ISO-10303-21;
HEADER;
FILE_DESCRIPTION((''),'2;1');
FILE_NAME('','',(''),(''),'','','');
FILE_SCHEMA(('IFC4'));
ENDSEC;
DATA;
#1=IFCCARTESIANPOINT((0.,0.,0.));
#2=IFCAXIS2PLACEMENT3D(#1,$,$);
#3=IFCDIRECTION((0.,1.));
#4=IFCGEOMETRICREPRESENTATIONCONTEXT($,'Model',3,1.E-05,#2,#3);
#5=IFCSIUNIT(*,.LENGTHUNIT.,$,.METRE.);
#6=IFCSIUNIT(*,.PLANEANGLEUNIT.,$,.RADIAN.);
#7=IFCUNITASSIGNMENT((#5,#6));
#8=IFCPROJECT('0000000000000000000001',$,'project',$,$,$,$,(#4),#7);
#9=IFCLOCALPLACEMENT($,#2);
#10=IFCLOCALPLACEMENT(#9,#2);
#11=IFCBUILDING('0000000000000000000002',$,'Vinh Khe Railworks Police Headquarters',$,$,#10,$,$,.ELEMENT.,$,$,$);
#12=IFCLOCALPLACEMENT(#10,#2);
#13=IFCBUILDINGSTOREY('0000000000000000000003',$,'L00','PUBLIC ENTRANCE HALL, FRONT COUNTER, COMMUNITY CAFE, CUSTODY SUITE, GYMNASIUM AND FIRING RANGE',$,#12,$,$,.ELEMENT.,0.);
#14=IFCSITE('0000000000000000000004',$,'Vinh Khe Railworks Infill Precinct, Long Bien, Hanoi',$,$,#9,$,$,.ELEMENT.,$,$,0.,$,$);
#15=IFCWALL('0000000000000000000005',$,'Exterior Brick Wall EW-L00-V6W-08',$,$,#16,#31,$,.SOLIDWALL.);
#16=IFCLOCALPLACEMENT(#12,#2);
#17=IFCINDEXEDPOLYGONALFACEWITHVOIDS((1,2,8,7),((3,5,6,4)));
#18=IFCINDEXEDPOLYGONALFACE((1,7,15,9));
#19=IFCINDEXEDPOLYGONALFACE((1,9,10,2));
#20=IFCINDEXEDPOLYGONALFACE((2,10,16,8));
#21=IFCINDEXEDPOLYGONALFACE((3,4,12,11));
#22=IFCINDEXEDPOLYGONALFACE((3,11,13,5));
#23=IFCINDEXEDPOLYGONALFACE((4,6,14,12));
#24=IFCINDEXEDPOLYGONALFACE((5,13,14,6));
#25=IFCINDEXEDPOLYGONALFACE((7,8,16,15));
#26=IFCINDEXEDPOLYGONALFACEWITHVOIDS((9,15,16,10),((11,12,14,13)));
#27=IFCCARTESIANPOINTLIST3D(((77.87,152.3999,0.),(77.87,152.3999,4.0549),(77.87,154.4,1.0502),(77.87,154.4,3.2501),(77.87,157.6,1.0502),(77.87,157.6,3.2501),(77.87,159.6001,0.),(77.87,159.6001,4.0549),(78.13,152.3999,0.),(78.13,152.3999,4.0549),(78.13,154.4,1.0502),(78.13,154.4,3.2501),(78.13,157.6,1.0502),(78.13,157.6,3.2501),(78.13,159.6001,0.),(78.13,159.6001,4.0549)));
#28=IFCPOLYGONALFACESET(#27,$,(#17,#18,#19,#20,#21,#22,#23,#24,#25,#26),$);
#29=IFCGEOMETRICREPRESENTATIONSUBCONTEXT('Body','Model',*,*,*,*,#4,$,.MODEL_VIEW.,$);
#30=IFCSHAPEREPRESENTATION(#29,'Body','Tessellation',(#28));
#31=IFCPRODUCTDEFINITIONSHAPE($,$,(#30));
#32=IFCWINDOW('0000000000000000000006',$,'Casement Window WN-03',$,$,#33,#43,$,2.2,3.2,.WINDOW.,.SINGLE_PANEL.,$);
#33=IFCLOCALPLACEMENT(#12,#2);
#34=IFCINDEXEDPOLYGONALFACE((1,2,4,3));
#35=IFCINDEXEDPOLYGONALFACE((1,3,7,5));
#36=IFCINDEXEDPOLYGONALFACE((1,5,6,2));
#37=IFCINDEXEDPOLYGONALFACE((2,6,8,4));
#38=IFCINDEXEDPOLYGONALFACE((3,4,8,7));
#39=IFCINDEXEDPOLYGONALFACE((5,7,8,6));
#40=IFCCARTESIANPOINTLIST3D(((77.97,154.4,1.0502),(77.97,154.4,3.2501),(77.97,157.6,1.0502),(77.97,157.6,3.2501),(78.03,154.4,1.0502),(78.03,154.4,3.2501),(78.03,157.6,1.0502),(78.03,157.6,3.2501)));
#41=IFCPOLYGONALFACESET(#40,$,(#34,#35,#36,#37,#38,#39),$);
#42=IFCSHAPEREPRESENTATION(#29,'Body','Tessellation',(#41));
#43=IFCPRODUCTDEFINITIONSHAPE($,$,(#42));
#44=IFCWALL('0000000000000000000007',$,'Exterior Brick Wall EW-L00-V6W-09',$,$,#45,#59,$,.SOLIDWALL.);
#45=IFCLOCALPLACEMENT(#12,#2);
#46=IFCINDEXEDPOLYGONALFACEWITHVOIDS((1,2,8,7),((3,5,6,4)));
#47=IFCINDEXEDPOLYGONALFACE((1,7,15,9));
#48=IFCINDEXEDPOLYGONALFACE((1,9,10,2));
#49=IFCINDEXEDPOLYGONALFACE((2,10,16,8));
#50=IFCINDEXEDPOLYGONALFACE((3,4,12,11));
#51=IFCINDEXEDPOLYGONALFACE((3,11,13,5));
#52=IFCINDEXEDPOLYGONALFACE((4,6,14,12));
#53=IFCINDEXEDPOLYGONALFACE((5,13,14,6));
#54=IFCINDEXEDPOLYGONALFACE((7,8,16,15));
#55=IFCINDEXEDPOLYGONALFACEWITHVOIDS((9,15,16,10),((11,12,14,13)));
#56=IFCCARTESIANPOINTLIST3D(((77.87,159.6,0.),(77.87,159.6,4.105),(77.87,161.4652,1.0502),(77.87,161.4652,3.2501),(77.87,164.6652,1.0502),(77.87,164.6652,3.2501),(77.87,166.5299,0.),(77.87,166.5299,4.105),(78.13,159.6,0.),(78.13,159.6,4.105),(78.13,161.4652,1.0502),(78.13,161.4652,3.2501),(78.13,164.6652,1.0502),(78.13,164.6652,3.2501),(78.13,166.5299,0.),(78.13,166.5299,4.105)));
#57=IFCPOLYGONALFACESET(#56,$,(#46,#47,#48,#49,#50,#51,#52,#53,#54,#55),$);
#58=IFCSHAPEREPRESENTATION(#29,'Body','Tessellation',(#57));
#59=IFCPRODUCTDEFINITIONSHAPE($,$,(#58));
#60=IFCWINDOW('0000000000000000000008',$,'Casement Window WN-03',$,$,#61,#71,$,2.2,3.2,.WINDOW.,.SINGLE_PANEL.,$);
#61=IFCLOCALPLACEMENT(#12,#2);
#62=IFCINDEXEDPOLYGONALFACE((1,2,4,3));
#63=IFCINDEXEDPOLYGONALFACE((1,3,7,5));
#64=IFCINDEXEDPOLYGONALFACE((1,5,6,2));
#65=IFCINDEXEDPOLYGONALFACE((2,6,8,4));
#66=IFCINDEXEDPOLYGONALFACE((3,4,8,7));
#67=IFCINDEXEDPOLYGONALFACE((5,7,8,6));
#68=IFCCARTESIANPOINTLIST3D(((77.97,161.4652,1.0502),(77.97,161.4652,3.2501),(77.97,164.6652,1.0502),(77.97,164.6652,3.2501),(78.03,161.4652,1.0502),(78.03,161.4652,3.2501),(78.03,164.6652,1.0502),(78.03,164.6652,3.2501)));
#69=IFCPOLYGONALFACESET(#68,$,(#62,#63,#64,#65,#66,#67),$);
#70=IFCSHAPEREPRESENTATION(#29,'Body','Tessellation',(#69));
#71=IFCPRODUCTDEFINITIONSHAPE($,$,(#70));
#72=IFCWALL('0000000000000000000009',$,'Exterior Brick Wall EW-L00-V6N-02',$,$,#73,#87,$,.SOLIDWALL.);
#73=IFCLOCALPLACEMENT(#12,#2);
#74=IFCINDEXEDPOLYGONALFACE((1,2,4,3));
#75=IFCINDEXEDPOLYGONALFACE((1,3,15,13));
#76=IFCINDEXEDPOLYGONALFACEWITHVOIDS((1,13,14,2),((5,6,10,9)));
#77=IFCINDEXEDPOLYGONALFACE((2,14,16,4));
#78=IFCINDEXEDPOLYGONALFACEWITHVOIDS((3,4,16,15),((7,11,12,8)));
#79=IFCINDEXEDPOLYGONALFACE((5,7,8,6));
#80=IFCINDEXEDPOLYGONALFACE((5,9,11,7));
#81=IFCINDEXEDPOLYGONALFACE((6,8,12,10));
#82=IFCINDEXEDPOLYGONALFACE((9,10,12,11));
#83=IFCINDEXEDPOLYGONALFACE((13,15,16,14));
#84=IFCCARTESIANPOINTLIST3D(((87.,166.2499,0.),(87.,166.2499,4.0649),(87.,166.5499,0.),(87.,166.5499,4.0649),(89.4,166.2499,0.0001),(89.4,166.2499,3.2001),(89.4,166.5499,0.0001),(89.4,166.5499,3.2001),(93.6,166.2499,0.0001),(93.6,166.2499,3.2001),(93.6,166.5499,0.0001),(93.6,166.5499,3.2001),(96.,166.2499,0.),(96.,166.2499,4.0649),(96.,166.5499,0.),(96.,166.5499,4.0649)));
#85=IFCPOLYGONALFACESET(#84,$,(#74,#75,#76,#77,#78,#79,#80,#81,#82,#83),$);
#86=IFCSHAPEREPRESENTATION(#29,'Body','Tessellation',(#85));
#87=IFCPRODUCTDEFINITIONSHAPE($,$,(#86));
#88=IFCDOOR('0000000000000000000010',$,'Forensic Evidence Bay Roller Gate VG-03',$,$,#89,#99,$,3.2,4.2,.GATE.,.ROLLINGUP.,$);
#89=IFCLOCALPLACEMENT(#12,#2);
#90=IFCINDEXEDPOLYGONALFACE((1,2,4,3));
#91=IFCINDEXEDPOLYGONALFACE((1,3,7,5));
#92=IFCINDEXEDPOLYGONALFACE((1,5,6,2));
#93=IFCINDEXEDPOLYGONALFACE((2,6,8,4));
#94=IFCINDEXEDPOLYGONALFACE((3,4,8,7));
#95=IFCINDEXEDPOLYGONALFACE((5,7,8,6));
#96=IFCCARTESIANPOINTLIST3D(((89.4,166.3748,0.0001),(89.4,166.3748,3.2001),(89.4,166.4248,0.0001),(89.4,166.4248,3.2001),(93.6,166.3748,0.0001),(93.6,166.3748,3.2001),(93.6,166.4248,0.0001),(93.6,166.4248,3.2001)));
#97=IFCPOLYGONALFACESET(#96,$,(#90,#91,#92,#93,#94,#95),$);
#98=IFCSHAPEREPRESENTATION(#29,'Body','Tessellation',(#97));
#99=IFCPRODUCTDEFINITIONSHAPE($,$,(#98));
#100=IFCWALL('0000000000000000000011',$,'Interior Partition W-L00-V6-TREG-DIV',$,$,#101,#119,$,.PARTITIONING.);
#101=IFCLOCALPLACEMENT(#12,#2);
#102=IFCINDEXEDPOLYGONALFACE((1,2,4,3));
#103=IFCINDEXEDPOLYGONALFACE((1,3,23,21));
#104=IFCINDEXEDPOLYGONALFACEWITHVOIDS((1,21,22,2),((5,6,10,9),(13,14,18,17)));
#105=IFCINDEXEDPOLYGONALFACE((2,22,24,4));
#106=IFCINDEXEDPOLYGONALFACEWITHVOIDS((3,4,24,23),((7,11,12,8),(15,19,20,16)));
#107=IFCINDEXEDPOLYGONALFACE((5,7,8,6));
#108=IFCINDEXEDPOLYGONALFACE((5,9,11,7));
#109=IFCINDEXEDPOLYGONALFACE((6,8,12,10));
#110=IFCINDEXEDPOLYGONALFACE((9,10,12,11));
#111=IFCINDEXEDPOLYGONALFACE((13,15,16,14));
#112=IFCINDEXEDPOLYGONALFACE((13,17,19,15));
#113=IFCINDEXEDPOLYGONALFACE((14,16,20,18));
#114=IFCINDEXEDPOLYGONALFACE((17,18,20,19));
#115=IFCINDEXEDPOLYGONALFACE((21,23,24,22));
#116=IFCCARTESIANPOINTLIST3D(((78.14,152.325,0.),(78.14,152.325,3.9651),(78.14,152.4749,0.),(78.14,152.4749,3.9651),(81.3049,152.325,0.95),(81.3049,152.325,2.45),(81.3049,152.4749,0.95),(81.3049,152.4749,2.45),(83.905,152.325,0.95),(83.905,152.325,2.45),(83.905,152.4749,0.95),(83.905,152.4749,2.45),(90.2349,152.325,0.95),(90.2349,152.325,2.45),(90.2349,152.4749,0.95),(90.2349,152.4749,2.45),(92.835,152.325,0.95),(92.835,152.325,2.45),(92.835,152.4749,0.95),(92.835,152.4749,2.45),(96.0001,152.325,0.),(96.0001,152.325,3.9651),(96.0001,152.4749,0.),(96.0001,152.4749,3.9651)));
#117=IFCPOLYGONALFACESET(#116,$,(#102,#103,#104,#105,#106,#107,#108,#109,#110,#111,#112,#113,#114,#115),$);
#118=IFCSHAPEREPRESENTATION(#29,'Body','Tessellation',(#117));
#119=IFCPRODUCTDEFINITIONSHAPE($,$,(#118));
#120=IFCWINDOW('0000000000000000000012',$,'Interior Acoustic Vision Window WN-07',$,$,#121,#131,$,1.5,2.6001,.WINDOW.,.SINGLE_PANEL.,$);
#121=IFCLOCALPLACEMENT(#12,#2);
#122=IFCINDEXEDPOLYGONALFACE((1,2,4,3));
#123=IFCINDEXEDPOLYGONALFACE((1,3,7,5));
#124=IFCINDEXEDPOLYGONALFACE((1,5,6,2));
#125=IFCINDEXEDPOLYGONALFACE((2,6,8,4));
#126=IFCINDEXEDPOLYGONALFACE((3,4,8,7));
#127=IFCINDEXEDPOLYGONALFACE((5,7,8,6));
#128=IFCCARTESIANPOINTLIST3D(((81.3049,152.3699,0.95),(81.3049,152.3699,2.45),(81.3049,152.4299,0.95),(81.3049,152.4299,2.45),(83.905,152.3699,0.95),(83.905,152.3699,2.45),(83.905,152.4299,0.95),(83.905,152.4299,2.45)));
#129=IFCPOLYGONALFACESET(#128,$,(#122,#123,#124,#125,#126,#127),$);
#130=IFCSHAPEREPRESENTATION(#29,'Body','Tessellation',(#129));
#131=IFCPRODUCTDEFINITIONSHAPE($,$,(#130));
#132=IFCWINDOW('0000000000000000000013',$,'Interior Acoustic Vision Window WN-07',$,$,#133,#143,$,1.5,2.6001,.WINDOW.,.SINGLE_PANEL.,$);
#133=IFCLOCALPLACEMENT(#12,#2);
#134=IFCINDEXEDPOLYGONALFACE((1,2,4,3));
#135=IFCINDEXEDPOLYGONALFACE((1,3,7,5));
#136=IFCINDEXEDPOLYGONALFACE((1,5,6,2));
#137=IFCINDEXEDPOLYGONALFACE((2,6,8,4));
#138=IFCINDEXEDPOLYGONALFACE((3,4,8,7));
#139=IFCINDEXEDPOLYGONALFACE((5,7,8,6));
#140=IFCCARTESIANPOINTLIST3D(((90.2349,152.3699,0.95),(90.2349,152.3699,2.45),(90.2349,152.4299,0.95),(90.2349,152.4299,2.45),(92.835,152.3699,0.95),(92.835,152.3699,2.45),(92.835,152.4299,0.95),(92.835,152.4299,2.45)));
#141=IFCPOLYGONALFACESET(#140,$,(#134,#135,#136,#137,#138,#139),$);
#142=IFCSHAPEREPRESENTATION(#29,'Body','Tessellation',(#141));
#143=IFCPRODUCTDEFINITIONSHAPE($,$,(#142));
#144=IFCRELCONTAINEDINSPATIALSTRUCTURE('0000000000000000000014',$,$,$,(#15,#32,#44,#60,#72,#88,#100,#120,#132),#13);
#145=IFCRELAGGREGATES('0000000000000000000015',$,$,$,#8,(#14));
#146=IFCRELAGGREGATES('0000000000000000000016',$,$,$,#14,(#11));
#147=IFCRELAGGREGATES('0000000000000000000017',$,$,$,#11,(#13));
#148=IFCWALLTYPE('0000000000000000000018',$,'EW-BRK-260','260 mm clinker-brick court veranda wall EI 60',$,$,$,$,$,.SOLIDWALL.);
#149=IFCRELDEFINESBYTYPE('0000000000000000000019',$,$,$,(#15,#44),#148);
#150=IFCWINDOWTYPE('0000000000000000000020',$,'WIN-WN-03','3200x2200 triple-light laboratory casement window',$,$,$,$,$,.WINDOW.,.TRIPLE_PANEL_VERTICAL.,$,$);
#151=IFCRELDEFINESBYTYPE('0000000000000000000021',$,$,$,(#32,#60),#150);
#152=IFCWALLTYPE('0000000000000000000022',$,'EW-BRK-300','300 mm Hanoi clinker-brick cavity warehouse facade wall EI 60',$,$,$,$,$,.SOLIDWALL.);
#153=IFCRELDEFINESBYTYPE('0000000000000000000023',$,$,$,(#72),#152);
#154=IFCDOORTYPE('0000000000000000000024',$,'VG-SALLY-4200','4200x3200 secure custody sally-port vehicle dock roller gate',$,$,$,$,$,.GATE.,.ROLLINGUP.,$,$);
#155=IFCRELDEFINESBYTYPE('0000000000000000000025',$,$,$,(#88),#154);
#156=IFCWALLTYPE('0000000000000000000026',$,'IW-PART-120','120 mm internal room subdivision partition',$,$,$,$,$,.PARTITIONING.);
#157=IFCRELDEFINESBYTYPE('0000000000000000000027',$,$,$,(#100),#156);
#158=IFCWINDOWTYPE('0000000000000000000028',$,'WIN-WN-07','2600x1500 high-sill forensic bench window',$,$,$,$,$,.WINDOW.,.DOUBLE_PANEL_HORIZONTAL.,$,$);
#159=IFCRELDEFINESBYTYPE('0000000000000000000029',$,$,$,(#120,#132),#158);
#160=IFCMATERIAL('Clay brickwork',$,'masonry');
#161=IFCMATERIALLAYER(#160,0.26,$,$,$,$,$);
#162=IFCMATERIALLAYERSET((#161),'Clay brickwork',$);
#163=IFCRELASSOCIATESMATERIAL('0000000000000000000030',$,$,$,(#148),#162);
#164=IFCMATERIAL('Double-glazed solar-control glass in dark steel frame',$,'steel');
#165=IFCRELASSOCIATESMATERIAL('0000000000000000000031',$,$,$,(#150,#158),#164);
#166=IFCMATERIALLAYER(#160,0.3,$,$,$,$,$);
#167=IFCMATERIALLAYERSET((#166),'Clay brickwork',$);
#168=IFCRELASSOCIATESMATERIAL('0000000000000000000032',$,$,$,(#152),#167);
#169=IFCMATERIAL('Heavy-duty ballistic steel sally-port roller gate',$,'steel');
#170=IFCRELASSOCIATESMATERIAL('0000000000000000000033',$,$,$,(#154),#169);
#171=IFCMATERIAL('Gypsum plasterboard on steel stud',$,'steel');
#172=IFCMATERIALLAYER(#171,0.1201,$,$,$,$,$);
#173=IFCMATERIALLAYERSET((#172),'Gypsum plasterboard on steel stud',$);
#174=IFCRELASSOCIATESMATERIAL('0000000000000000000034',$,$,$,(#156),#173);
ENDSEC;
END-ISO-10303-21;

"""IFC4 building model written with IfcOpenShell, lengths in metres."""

from ifc_helpers import new_model, si_unit, direction, frame, frame_2d, origin, place, context, subcontext, project, spatial, rectangle, extrude, material, layer, layer_set, type_object, element, fill, save


model = new_model("IFC4")

# Units and contexts
model_context = context("Model", 3, precision=1e-05, world=origin(), true_north=direction((0.0, 1.0)))
body_context = subcontext(model_context, "Body", "Model", "MODEL_VIEW")
ifc_project = project(units=[si_unit("LENGTHUNIT", "METRE"), si_unit("PLANEANGLEUNIT", "RADIAN")], contexts=[model_context])

# Site, building, storey
site_placement = place(None, origin())
site = spatial("IfcSite", under=ifc_project, at=site_placement, Name="Vinh Khe Railworks Infill Precinct, Long Bien, Hanoi", CompositionType="ELEMENT", RefElevation=0.0)
building_placement = place(site_placement, origin())
building = spatial("IfcBuilding", under=site, at=building_placement, Name="Vinh Khe Railworks Police Headquarters", CompositionType="ELEMENT")
storey_placement = place(building_placement, origin())
storey = spatial("IfcBuildingStorey", under=building, at=storey_placement, Name="L00", Description="PUBLIC ENTRANCE HALL, FRONT COUNTER, COMMUNITY CAFE, CUSTODY SUITE, GYMNASIUM AND FIRING RANGE", CompositionType="ELEMENT", Elevation=0.0)

# Walls, openings, windows
ifc_material_1 = material(Name="Clay brickwork", Category="masonry")
ifc_layer_1 = layer(ifc_material_1, 0.26)
ifc_layer_set_1 = layer_set([ifc_layer_1], Name="Clay brickwork")
wall_type_1 = type_object("IfcWallType", Name="EW-BRK-260", Description="260 mm clinker-brick court veranda wall EI 60", PredefinedType="SOLIDWALL", material=ifc_layer_set_1)
wall_1_placement = place(storey_placement, frame((78.0, 152.3999, 0.0), z_axis=(0.0, 0.0, 1.0), x_axis=(0.0, 1.0, 0.0)))
wall_1 = element("IfcWall", 1, at=wall_1_placement, inside=storey, type_object=wall_type_1, Name="Exterior Brick Wall EW-L00-V6W-08", PredefinedType="SOLIDWALL", context=body_context, shape_type="SweptSolid", body=[
    extrude(rectangle(XDim=7.2002, YDim=0.26, at=frame_2d((3.6001, 0.0))), origin(), (0.0, 0.0, 1.0), 4.0549),
])
opening_1_placement = place(wall_1_placement, frame((2.0, 0.0, 1.05)))
opening_1 = element("IfcOpeningElement", 2, at=opening_1_placement, cuts=wall_1, PredefinedType="OPENING", context=body_context, shape_type="SweptSolid", body=[
    extrude(rectangle(XDim=3.2, YDim=2.2, at=frame_2d((1.6001, 1.1001))), frame((0.0, 0.145, 0.0), z_axis=(0.0, -1.0, 0.0), x_axis=(1.0, 0.0, 0.0)), (0.0, 0.0, 1.0), 0.2898),
])
ifc_material_2 = material(Name="Double-glazed solar-control glass in dark steel frame", Category="steel")
window_type_1 = type_object("IfcWindowType", Name="WIN-WN-03", Description="3200x2200 triple-light laboratory casement window", PartitioningType="TRIPLE_PANEL_VERTICAL", PredefinedType="WINDOW", material=ifc_material_2)
window_1_placement = place(opening_1_placement, origin())
window_1 = element("IfcWindow", 3, at=window_1_placement, inside=storey, type_object=window_type_1, Name="Casement Window WN-03", OverallHeight=2.2, OverallWidth=3.2, PartitioningType="SINGLE_PANEL", PredefinedType="WINDOW", context=body_context, shape_type="SweptSolid", body=[
    extrude(rectangle(XDim=3.2, YDim=2.2, at=frame_2d((1.6001, 1.1001))), frame((0.0, 0.03, 0.0), z_axis=(0.0, -1.0, 0.0), x_axis=(1.0, 0.0, 0.0)), (0.0, 0.0, 1.0), 0.0601),
])
fill(opening_1, window_1)
wall_2_placement = place(storey_placement, frame((78.0, 159.6001, 0.0), z_axis=(0.0, 0.0, 1.0), x_axis=(0.0, 1.0, 0.0)))
wall_2 = element("IfcWall", 4, at=wall_2_placement, inside=storey, type_object=wall_type_1, Name="Exterior Brick Wall EW-L00-V6W-09", PredefinedType="SOLIDWALL", context=body_context, shape_type="SweptSolid", body=[
    extrude(rectangle(XDim=6.9299, YDim=0.26, at=frame_2d((3.4648, 0.0))), origin(), (0.0, 0.0, 1.0), 4.105),
])
opening_2_placement = place(wall_2_placement, frame((1.865, 0.0, 1.05)))
opening_2 = element("IfcOpeningElement", 5, at=opening_2_placement, cuts=wall_2, PredefinedType="OPENING", context=body_context, shape_type="SweptSolid", body=[
    extrude(rectangle(XDim=3.2, YDim=2.2, at=frame_2d((1.6001, 1.1001))), frame((0.0, 0.145, 0.0), z_axis=(0.0, -1.0, 0.0), x_axis=(1.0, 0.0, 0.0)), (0.0, 0.0, 1.0), 0.2898),
])
window_2_placement = place(opening_2_placement, origin())
window_2 = element("IfcWindow", 6, at=window_2_placement, inside=storey, type_object=window_type_1, Name="Casement Window WN-03", OverallHeight=2.2, OverallWidth=3.2, PartitioningType="SINGLE_PANEL", PredefinedType="WINDOW", context=body_context, shape_type="SweptSolid", body=[
    extrude(rectangle(XDim=3.2, YDim=2.2, at=frame_2d((1.6001, 1.1001))), frame((0.0, 0.03, 0.0), z_axis=(0.0, -1.0, 0.0), x_axis=(1.0, 0.0, 0.0)), (0.0, 0.0, 1.0), 0.0601),
])
fill(opening_2, window_2)

# Wall, opening, door
ifc_layer_2 = layer(ifc_material_1, 0.3)
ifc_layer_set_2 = layer_set([ifc_layer_2], Name="Clay brickwork")
wall_type_2 = type_object("IfcWallType", Name="EW-BRK-300", Description="300 mm Hanoi clinker-brick cavity warehouse facade wall EI 60", PredefinedType="SOLIDWALL", material=ifc_layer_set_2)
wall_3_placement = place(storey_placement, frame((87.0, 166.3999, 0.0), z_axis=(0.0, 0.0, 1.0), x_axis=(1.0, 0.0, 0.0)))
wall_3 = element("IfcWall", 7, at=wall_3_placement, inside=storey, type_object=wall_type_2, Name="Exterior Brick Wall EW-L00-V6N-02", PredefinedType="SOLIDWALL", context=body_context, shape_type="SweptSolid", body=[
    extrude(rectangle(XDim=9.0, YDim=0.3, at=frame_2d((4.5, 0.0))), origin(), (0.0, 0.0, 1.0), 4.0649),
])
opening_3_placement = place(wall_3_placement, frame((2.3999, 0.0, 0.0)))
opening_3 = element("IfcOpeningElement", 8, at=opening_3_placement, cuts=wall_3, PredefinedType="OPENING", context=body_context, shape_type="SweptSolid", body=[
    extrude(rectangle(XDim=4.2, YDim=3.2, at=frame_2d((2.1001, 1.6001))), frame((0.0, 0.165, 0.0), z_axis=(0.0, -1.0, 0.0), x_axis=(1.0, 0.0, 0.0)), (0.0, 0.0, 1.0), 0.3298),
])
ifc_material_3 = material(Name="Heavy-duty ballistic steel sally-port roller gate", Category="steel")
door_type = type_object("IfcDoorType", Name="VG-SALLY-4200", Description="4200x3200 secure custody sally-port vehicle dock roller gate", OperationType="ROLLINGUP", PredefinedType="GATE", material=ifc_material_3)
door_placement = place(opening_3_placement, origin())
door = element("IfcDoor", 9, at=door_placement, inside=storey, type_object=door_type, Name="Forensic Evidence Bay Roller Gate VG-03", OperationType="ROLLINGUP", OverallHeight=3.2, OverallWidth=4.2, PredefinedType="GATE", context=body_context, shape_type="SweptSolid", body=[
    extrude(rectangle(XDim=4.2, YDim=3.2, at=frame_2d((2.1001, 1.6001))), frame((0.0, 0.0249, 0.0), z_axis=(0.0, -1.0, 0.0), x_axis=(1.0, 0.0, 0.0)), (0.0, 0.0, 1.0), 0.05),
])
fill(opening_3, door)

# Wall, openings, windows
ifc_material_4 = material(Name="Gypsum plasterboard on steel stud", Category="steel")
ifc_layer_3 = layer(ifc_material_4, 0.1201)
ifc_layer_set_3 = layer_set([ifc_layer_3], Name="Gypsum plasterboard on steel stud")
wall_type_3 = type_object("IfcWallType", Name="IW-PART-120", Description="120 mm internal room subdivision partition", PredefinedType="PARTITIONING", material=ifc_layer_set_3)
wall_4_placement = place(storey_placement, frame((78.1399, 152.3999, 0.0), z_axis=(0.0, 0.0, 1.0), x_axis=(1.0, 0.0, 0.0)))
wall_4 = element("IfcWall", 10, at=wall_4_placement, inside=storey, type_object=wall_type_3, Name="Interior Partition W-L00-V6-TREG-DIV", PredefinedType="PARTITIONING", context=body_context, shape_type="SweptSolid", body=[
    extrude(rectangle(XDim=17.8601, YDim=0.1499, at=frame_2d((8.9302, 0.0))), origin(), (0.0, 0.0, 1.0), 3.9651),
])
opening_4_placement = place(wall_4_placement, frame((3.165, 0.0, 0.95)))
opening_4 = element("IfcOpeningElement", 11, at=opening_4_placement, cuts=wall_4, PredefinedType="OPENING", context=body_context, shape_type="SweptSolid", body=[
    extrude(rectangle(XDim=2.6001, YDim=1.5, at=frame_2d((1.3, 0.75))), frame((0.0, 0.0898, 0.0), z_axis=(0.0, -1.0, 0.0), x_axis=(1.0, 0.0, 0.0)), (0.0, 0.0, 1.0), 0.1797),
])
opening_5_placement = place(wall_4_placement, frame((12.095, 0.0, 0.95)))
opening_5 = element("IfcOpeningElement", 12, at=opening_5_placement, cuts=wall_4, PredefinedType="OPENING", context=body_context, shape_type="SweptSolid", body=[
    extrude(rectangle(XDim=2.6001, YDim=1.5, at=frame_2d((1.3, 0.75))), frame((0.0, 0.0898, 0.0), z_axis=(0.0, -1.0, 0.0), x_axis=(1.0, 0.0, 0.0)), (0.0, 0.0, 1.0), 0.1797),
])
window_type_2 = type_object("IfcWindowType", Name="WIN-WN-07", Description="2600x1500 high-sill forensic bench window", PartitioningType="DOUBLE_PANEL_HORIZONTAL", PredefinedType="WINDOW", material=ifc_material_2)
window_3_placement = place(opening_4_placement, origin())
window_3 = element("IfcWindow", 13, at=window_3_placement, inside=storey, type_object=window_type_2, Name="Interior Acoustic Vision Window WN-07", OverallHeight=1.5, OverallWidth=2.6001, PartitioningType="SINGLE_PANEL", PredefinedType="WINDOW", context=body_context, shape_type="SweptSolid", body=[
    extrude(rectangle(XDim=2.6001, YDim=1.5, at=frame_2d((1.3, 0.75))), frame((0.0, 0.03, 0.0), z_axis=(0.0, -1.0, 0.0), x_axis=(1.0, 0.0, 0.0)), (0.0, 0.0, 1.0), 0.0601),
])
fill(opening_4, window_3)
window_4_placement = place(opening_5_placement, origin())
window_4 = element("IfcWindow", 14, at=window_4_placement, inside=storey, type_object=window_type_2, Name="Interior Acoustic Vision Window WN-07", OverallHeight=1.5, OverallWidth=2.6001, PartitioningType="SINGLE_PANEL", PredefinedType="WINDOW", context=body_context, shape_type="SweptSolid", body=[
    extrude(rectangle(XDim=2.6001, YDim=1.5, at=frame_2d((1.3, 0.75))), frame((0.0, 0.03, 0.0), z_axis=(0.0, -1.0, 0.0), x_axis=(1.0, 0.0, 0.0)), (0.0, 0.0, 1.0), 0.0601),
])
fill(opening_5, window_4)

save(model, "model.ifc")
